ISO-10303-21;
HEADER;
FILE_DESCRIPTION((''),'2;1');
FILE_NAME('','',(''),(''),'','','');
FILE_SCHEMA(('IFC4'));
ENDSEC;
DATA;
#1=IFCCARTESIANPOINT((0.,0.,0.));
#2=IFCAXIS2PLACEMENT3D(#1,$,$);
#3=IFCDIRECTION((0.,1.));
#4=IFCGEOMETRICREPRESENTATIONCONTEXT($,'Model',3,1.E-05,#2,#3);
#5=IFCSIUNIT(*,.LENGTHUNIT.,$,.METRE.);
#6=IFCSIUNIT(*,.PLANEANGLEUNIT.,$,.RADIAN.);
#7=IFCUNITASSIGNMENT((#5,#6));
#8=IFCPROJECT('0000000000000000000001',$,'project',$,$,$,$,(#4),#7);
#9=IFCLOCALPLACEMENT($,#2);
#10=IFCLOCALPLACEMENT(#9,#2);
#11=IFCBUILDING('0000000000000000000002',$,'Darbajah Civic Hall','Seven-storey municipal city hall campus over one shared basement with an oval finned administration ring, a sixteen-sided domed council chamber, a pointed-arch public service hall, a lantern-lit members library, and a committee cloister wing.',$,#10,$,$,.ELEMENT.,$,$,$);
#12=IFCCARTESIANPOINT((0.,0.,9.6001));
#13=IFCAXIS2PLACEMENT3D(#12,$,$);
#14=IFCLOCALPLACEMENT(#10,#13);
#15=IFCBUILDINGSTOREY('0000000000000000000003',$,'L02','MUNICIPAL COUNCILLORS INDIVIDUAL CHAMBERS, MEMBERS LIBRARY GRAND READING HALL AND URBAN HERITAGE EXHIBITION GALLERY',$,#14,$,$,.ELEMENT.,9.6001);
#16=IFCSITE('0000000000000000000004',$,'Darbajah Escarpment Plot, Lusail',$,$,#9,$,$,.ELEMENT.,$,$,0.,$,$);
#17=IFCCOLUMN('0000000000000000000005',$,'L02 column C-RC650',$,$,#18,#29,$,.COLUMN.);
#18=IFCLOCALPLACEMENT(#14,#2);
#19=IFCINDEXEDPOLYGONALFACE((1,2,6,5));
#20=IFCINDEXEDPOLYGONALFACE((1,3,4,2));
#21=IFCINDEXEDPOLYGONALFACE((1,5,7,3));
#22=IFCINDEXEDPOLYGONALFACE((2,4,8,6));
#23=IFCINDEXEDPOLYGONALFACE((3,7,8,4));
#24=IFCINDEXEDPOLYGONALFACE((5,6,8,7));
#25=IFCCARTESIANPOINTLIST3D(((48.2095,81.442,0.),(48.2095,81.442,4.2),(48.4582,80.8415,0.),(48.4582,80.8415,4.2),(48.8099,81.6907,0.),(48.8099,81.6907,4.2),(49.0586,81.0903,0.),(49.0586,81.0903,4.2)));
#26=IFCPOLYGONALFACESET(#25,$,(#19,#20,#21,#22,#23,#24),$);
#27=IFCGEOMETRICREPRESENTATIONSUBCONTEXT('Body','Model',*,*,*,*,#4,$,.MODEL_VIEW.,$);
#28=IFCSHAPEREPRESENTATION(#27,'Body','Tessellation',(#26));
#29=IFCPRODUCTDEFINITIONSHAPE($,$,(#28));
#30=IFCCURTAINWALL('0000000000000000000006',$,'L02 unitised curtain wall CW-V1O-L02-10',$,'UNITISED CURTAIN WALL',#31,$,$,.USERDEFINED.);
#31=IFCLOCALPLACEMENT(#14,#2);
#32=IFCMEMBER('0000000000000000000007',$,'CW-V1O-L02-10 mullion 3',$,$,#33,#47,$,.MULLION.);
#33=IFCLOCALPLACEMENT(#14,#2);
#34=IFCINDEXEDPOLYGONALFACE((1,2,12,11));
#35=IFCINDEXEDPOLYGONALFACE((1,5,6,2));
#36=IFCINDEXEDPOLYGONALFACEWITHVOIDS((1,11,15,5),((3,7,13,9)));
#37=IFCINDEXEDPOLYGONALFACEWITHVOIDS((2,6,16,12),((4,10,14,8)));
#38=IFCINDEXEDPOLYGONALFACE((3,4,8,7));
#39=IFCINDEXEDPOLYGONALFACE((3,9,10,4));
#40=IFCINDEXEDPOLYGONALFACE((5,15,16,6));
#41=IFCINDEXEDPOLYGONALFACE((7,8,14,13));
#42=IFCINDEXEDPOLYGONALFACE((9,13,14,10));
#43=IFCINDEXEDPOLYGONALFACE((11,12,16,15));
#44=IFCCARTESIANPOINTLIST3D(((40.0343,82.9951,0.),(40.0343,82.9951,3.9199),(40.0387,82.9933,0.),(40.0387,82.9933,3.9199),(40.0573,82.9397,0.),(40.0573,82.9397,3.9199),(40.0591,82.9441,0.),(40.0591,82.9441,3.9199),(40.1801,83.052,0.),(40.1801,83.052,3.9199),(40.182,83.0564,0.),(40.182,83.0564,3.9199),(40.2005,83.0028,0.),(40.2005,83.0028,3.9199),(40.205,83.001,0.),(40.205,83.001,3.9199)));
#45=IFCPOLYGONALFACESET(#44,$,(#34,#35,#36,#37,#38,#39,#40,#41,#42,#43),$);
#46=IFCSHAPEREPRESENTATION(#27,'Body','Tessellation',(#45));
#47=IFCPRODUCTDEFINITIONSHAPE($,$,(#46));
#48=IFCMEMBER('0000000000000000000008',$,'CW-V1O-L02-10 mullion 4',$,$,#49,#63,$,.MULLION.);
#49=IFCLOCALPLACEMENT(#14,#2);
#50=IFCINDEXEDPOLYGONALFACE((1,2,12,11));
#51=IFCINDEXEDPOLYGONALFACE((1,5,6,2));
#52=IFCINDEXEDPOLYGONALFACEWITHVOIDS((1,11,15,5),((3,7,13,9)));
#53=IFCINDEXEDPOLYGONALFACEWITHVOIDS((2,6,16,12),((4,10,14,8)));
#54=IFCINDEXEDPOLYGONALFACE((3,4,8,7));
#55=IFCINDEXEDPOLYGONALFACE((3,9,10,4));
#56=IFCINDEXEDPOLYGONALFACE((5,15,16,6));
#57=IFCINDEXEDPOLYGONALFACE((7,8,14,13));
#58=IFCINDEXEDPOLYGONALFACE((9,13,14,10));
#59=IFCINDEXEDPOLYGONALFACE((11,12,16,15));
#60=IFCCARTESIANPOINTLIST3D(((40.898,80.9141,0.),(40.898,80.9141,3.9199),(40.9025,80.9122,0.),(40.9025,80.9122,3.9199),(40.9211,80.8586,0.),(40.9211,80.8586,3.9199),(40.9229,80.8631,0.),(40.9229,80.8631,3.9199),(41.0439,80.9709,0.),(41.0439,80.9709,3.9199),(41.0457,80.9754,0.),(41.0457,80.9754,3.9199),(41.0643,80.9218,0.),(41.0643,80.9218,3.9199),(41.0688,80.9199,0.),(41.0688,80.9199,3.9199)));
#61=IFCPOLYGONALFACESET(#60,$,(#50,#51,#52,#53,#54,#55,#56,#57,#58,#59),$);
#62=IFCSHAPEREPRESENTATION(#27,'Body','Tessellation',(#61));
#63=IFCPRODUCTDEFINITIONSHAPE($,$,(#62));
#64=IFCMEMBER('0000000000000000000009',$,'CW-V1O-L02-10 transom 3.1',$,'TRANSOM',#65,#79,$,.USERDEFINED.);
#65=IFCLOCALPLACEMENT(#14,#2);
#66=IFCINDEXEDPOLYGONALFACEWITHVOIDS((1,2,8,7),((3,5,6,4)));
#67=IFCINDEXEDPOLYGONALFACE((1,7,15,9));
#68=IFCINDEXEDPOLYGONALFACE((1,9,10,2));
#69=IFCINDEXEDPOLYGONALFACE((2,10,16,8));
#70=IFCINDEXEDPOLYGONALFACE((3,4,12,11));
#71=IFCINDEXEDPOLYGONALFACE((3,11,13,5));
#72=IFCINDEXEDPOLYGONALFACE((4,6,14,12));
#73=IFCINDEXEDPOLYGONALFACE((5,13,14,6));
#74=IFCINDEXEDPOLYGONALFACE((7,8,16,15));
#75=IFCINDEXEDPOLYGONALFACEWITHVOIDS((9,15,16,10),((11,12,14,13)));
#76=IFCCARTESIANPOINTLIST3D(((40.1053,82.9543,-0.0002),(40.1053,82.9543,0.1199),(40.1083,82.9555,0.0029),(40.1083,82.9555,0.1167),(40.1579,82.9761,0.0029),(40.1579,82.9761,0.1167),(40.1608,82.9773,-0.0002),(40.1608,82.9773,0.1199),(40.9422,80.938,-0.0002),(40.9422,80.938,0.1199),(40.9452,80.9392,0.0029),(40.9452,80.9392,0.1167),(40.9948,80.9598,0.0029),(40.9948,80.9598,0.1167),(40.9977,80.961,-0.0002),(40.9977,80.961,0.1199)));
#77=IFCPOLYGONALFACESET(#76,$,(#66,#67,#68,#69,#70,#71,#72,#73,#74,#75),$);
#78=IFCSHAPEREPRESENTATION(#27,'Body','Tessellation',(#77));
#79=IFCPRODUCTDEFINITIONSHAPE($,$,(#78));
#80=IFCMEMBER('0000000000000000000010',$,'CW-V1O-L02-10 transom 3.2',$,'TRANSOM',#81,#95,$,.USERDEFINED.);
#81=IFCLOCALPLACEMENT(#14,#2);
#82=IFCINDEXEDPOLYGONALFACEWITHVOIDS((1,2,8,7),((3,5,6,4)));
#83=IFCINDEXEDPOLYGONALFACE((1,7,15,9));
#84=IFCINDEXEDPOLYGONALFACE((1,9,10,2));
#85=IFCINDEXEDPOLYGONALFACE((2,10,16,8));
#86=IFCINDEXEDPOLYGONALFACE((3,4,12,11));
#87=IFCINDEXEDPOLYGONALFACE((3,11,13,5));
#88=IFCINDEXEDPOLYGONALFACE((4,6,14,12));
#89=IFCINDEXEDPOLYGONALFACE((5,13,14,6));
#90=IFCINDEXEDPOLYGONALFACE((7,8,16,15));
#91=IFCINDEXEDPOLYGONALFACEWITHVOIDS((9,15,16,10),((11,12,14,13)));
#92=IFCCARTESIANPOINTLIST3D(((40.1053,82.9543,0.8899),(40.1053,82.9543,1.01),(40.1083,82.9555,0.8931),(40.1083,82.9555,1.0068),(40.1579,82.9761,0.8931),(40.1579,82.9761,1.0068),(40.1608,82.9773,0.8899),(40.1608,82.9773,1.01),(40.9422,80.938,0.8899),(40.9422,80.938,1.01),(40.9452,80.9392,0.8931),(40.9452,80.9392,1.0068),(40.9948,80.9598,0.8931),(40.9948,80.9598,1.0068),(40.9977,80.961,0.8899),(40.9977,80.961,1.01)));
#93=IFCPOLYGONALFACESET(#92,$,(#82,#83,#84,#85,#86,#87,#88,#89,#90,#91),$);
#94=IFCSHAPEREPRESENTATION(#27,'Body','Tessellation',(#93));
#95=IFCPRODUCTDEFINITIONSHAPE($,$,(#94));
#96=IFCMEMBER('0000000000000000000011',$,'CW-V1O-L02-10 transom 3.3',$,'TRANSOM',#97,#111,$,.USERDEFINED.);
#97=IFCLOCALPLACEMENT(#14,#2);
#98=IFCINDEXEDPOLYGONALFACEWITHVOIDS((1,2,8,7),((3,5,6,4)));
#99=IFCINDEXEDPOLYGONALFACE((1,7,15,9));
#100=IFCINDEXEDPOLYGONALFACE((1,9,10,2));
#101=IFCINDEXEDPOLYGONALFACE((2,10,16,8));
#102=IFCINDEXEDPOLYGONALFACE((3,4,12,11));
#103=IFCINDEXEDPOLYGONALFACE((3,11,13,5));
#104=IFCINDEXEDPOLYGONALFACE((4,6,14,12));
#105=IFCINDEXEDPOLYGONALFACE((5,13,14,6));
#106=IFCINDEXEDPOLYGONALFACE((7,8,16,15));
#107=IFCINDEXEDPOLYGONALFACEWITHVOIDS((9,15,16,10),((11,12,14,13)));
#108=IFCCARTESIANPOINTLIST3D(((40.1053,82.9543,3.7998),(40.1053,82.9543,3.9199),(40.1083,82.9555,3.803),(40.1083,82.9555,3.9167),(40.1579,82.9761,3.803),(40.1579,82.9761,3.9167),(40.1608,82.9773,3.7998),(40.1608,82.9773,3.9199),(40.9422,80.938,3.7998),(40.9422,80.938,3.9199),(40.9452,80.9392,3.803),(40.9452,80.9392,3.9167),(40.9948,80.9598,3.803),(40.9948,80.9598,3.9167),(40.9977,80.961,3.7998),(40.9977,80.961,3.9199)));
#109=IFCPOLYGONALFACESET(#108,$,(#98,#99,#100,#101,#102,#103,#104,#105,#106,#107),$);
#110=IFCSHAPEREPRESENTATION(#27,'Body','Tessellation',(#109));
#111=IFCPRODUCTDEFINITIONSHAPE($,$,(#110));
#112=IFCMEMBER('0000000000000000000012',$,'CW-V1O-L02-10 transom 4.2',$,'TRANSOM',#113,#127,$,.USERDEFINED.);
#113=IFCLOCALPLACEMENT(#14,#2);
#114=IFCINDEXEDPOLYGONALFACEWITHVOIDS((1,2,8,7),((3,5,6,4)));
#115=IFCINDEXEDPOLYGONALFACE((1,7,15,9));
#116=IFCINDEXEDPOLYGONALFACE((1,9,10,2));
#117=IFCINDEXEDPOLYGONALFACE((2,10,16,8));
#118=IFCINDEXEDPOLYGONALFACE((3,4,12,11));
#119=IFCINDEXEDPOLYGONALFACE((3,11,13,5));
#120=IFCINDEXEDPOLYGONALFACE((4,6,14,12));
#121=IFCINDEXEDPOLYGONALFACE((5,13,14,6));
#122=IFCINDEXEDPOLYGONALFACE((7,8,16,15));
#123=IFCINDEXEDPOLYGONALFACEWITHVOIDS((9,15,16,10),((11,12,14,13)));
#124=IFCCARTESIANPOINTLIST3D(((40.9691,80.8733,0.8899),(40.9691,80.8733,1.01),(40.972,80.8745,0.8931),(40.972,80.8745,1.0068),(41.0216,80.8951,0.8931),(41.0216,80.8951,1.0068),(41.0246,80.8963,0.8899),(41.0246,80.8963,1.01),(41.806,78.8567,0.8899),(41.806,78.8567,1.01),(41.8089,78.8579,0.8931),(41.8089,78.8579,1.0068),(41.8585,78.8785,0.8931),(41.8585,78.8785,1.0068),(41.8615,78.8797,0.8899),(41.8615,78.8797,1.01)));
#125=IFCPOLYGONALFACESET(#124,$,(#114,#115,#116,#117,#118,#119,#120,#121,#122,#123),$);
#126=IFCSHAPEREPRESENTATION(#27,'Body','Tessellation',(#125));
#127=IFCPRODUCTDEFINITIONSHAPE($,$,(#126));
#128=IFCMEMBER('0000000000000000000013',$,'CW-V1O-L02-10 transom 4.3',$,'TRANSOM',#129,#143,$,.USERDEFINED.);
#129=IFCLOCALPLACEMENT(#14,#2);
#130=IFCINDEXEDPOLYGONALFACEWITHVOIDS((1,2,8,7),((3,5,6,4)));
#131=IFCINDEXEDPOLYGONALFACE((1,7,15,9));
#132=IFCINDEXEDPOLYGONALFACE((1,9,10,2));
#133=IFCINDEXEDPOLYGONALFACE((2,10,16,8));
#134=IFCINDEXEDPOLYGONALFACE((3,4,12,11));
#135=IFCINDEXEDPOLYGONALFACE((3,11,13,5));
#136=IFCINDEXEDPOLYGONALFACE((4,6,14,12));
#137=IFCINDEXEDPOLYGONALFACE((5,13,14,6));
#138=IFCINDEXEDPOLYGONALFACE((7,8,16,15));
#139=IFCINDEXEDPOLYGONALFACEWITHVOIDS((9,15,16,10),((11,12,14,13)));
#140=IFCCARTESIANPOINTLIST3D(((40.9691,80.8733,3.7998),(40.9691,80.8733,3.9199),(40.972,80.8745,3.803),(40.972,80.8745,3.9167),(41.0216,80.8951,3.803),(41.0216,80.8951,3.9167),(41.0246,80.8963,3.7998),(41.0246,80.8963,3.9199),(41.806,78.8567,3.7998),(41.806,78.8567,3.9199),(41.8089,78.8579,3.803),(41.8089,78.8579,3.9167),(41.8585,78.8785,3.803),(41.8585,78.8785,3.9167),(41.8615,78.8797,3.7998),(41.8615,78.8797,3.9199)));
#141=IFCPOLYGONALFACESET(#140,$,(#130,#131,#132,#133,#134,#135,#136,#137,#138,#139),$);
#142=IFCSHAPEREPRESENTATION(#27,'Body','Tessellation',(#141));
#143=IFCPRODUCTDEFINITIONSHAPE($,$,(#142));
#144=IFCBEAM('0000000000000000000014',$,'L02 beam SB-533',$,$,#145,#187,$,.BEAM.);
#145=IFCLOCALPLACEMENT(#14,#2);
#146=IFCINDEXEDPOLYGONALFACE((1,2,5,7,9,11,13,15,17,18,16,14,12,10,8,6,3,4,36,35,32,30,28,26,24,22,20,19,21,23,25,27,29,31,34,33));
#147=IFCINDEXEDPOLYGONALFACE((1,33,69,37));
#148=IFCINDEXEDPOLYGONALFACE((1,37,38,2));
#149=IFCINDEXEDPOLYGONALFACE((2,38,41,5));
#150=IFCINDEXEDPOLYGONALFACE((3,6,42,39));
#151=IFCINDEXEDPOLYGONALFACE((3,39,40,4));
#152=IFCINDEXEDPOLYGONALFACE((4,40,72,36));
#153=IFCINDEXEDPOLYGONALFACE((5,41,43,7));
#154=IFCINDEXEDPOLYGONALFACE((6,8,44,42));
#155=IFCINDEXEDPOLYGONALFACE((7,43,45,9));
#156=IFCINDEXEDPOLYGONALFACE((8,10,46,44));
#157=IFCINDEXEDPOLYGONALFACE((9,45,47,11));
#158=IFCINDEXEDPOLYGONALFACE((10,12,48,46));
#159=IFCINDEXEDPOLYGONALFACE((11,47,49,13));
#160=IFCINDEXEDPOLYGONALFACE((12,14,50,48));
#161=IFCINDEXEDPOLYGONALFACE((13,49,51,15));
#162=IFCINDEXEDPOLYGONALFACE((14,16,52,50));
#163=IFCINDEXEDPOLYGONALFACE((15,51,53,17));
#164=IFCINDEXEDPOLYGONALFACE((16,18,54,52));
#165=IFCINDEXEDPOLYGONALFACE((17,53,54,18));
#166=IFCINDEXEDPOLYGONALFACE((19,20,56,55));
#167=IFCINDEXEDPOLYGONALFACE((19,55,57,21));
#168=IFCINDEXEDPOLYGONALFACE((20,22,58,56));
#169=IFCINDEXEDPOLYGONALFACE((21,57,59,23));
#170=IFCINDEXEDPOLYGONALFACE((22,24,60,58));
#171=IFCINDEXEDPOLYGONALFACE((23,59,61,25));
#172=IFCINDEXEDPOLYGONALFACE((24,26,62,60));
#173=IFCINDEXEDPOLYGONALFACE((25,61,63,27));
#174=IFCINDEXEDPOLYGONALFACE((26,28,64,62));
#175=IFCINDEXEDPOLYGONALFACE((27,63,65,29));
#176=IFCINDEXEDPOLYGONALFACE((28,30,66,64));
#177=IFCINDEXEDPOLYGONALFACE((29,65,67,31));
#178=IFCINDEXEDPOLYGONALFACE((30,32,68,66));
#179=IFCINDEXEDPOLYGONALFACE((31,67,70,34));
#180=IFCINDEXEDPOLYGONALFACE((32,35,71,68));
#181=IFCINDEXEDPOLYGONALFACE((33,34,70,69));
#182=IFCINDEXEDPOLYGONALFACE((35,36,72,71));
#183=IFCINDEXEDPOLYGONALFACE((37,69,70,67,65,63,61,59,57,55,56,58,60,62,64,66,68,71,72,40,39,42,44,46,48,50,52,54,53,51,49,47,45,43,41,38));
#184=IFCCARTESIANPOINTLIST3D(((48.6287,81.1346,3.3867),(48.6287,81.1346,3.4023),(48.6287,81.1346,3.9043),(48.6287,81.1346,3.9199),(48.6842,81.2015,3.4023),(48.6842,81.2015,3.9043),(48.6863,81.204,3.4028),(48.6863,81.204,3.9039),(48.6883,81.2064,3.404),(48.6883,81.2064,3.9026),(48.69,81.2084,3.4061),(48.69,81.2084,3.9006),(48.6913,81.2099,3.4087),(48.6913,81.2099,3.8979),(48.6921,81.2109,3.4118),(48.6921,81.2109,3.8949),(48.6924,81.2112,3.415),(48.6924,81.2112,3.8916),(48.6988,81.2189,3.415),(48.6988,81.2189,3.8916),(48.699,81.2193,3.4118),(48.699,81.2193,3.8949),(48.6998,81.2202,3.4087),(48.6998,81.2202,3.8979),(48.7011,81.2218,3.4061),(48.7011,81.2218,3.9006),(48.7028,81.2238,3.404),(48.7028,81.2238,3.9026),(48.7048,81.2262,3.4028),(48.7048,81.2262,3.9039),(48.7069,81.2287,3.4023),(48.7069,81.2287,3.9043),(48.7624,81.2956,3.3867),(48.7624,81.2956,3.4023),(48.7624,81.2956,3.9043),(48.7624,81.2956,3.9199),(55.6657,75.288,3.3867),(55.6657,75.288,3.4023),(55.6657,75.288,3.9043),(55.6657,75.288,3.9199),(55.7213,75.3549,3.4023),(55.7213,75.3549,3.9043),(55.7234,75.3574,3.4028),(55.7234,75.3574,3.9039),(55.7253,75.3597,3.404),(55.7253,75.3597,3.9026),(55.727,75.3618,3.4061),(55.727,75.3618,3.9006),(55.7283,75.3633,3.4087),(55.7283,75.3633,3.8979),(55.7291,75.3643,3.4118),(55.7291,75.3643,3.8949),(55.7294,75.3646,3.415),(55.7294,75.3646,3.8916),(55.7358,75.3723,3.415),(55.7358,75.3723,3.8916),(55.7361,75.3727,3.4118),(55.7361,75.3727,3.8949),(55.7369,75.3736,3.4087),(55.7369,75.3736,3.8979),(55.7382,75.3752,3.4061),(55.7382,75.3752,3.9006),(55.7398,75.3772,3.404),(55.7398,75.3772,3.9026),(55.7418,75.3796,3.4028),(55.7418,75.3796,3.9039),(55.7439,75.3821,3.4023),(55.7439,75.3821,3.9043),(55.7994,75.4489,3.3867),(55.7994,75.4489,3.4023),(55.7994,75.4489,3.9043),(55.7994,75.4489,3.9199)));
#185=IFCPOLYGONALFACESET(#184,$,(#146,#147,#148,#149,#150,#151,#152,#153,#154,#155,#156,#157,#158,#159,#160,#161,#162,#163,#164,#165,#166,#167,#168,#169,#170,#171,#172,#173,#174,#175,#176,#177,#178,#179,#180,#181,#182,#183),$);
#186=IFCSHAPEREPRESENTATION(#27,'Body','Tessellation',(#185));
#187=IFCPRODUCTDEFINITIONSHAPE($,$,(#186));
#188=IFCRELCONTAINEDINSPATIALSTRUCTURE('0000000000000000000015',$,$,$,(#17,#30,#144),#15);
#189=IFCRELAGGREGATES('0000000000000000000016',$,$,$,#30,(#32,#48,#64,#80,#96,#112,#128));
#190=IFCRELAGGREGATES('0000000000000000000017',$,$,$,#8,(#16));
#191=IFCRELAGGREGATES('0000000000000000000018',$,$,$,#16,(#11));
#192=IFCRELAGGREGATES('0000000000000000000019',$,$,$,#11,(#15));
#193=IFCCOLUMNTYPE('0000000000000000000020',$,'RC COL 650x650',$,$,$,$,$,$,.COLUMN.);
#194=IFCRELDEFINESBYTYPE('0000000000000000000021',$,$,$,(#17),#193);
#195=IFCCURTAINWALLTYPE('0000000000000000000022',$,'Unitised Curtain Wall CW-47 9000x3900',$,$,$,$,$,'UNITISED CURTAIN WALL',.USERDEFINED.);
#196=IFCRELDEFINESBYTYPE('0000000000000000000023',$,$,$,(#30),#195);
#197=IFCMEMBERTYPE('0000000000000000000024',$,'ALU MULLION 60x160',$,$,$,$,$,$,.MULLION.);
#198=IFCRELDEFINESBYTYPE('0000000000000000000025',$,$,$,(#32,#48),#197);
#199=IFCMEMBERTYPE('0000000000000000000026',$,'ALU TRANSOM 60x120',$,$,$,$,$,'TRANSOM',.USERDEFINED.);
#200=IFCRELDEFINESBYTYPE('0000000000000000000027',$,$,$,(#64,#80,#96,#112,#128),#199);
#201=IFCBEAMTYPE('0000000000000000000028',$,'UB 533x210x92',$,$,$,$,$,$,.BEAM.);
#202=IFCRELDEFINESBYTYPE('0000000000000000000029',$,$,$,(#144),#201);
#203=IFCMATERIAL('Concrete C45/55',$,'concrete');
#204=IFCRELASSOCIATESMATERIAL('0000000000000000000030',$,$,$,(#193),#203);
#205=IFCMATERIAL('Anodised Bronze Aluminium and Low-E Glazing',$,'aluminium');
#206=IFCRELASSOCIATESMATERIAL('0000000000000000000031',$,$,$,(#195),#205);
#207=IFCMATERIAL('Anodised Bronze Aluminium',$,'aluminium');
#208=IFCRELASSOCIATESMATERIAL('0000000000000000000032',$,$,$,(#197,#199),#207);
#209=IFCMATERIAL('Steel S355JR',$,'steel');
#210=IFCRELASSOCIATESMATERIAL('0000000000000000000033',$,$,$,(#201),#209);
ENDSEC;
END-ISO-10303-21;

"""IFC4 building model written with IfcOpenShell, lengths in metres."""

from ifc_helpers import new_model, si_unit, direction, frame, origin, origin_2d, place, context, subcontext, project, spatial, rectangle, hollow_rectangle, i_section, extrude, material, material_profile, profile_set, type_object, element, aggregate, save


model = new_model("IFC4")

# Units and contexts
model_context = context("Model", 3, precision=1e-05, world=origin(), true_north=direction((0.0, 1.0)))
body_context = subcontext(model_context, "Body", "Model", "MODEL_VIEW")
ifc_project = project(units=[si_unit("LENGTHUNIT", "METRE"), si_unit("PLANEANGLEUNIT", "RADIAN")], contexts=[model_context])

# Site, building, storey
site_placement = place(None, origin())
site = spatial("IfcSite", under=ifc_project, at=site_placement, Name="Darbajah Escarpment Plot, Lusail", CompositionType="ELEMENT", RefElevation=0.0)
building_placement = place(site_placement, origin())
building = spatial("IfcBuilding", under=site, at=building_placement, Name="Darbajah Civic Hall", Description="Seven-storey municipal city hall campus over one shared basement with an oval finned administration ring, a sixteen-sided domed council chamber, a pointed-arch public service hall, a lantern-lit members library, and a committee cloister wing.", CompositionType="ELEMENT")
storey_placement = place(building_placement, frame((0.0, 0.0, 9.6001)))
storey = spatial("IfcBuildingStorey", under=building, at=storey_placement, Name="L02", Description="MUNICIPAL COUNCILLORS INDIVIDUAL CHAMBERS, MEMBERS LIBRARY GRAND READING HALL AND URBAN HERITAGE EXHIBITION GALLERY", CompositionType="ELEMENT", Elevation=9.6001)

# Column
ifc_material_1 = material(Name="Concrete C45/55", Category="concrete")
ifc_material_profile_1 = material_profile(ifc_material_1, rectangle(XDim=0.6499, YDim=0.6499, at=origin_2d()), Name="RC COL 650x650")
ifc_profile_set_1 = profile_set([ifc_material_profile_1], Name="Concrete C45/55")
column_type = type_object("IfcColumnType", Name="RC COL 650x650", PredefinedType="COLUMN", material=ifc_profile_set_1)
column_placement = place(storey_placement, frame((48.634, 81.2661, 0.0), z_axis=(0.0, 0.0, 1.0), x_axis=(-0.92388, -0.382683, 0.0)))
element("IfcColumn", 1, at=column_placement, inside=storey, type_object=column_type, Name="L02 column C-RC650", PredefinedType="COLUMN", context=body_context, shape_type="SweptSolid", body=[
    extrude(rectangle(XDim=0.6499, YDim=0.6499, at=origin_2d()), origin(), (0.0, 0.0, 1.0), 4.2),
])

# Curtain wall, members
ifc_material_2 = material(Name="Anodised Bronze Aluminium and Low-E Glazing", Category="aluminium")
curtain_wall_type = type_object("IfcCurtainWallType", Name="Unitised Curtain Wall CW-47 9000x3900", ElementType="UNITISED CURTAIN WALL", PredefinedType="USERDEFINED", material=ifc_material_2)
curtain_wall_placement = place(storey_placement, origin())
curtain_wall = element("IfcCurtainWall", 2, at=curtain_wall_placement, inside=storey, type_object=curtain_wall_type, Name="L02 unitised curtain wall CW-V1O-L02-10", ObjectType="UNITISED CURTAIN WALL", PredefinedType="USERDEFINED")
ifc_material_3 = material(Name="Anodised Bronze Aluminium", Category="aluminium")
ifc_material_profile_2 = material_profile(ifc_material_3, hollow_rectangle(XDim=0.0601, YDim=0.1599, WallThickness=0.0034, at=origin_2d()), Name="ALU MULLION 60x160")
ifc_profile_set_2 = profile_set([ifc_material_profile_2], Name="Anodised Bronze Aluminium")
member_type_1 = type_object("IfcMemberType", Name="ALU MULLION 60x160", PredefinedType="MULLION", material=ifc_profile_set_2)
member_1_placement = place(storey_placement, frame((40.1196, 82.998, 0.0), z_axis=(0.0, 0.0, 1.0), x_axis=(0.383328, -0.923612, 0.0)))
member_1 = element("IfcMember", 3, at=member_1_placement, type_object=member_type_1, Name="CW-V1O-L02-10 mullion 3", PredefinedType="MULLION", context=body_context, shape_type="SweptSolid", body=[
    extrude(hollow_rectangle(XDim=0.0601, YDim=0.1599, WallThickness=0.0034, at=origin_2d()), origin(), (0.0, 0.0, 1.0), 3.9199),
])
member_2_placement = place(storey_placement, frame((40.9834, 80.917, 0.0), z_axis=(0.0, 0.0, 1.0), x_axis=(0.383328, -0.923612, 0.0)))
member_2 = element("IfcMember", 4, at=member_2_placement, type_object=member_type_1, Name="CW-V1O-L02-10 mullion 4", PredefinedType="MULLION", context=body_context, shape_type="SweptSolid", body=[
    extrude(hollow_rectangle(XDim=0.0601, YDim=0.1599, WallThickness=0.0034, at=origin_2d()), origin(), (0.0, 0.0, 1.0), 3.9199),
])
ifc_material_profile_3 = material_profile(ifc_material_3, hollow_rectangle(XDim=0.0601, YDim=0.1201, WallThickness=0.0032, at=origin_2d()), Name="ALU TRANSOM 60x120")
ifc_profile_set_3 = profile_set([ifc_material_profile_3], Name="Anodised Bronze Aluminium")
member_type_2 = type_object("IfcMemberType", Name="ALU TRANSOM 60x120", ElementType="TRANSOM", PredefinedType="USERDEFINED", material=ifc_profile_set_3)
member_3_placement = place(storey_placement, frame((40.1331, 82.9658, 0.0598), z_axis=(0.383352, -0.923602, 0.0), x_axis=(0.923602, 0.383352, 0.0)))
member_3 = element("IfcMember", 5, at=member_3_placement, type_object=member_type_2, Name="CW-V1O-L02-10 transom 3.1", ObjectType="TRANSOM", PredefinedType="USERDEFINED", context=body_context, shape_type="SweptSolid", body=[
    extrude(hollow_rectangle(XDim=0.0601, YDim=0.1201, WallThickness=0.0032, at=origin_2d()), origin(), (0.0, 0.0, 1.0), 2.1831),
])
member_4_placement = place(storey_placement, frame((40.1331, 82.9658, 0.95), z_axis=(0.383352, -0.923602, 0.0), x_axis=(0.923602, 0.383352, 0.0)))
member_4 = element("IfcMember", 6, at=member_4_placement, type_object=member_type_2, Name="CW-V1O-L02-10 transom 3.2", ObjectType="TRANSOM", PredefinedType="USERDEFINED", context=body_context, shape_type="SweptSolid", body=[
    extrude(hollow_rectangle(XDim=0.0601, YDim=0.1201, WallThickness=0.0032, at=origin_2d()), origin(), (0.0, 0.0, 1.0), 2.1831),
])
member_5_placement = place(storey_placement, frame((40.1331, 82.9658, 3.8599), z_axis=(0.383352, -0.923602, 0.0), x_axis=(0.923602, 0.383352, 0.0)))
member_5 = element("IfcMember", 7, at=member_5_placement, type_object=member_type_2, Name="CW-V1O-L02-10 transom 3.3", ObjectType="TRANSOM", PredefinedType="USERDEFINED", context=body_context, shape_type="SweptSolid", body=[
    extrude(hollow_rectangle(XDim=0.0601, YDim=0.1201, WallThickness=0.0032, at=origin_2d()), origin(), (0.0, 0.0, 1.0), 2.1831),
])
member_6_placement = place(storey_placement, frame((40.9968, 80.8848, 0.95), z_axis=(0.383313, -0.923619, 0.0), x_axis=(0.923619, 0.383313, 0.0)))
member_6 = element("IfcMember", 8, at=member_6_placement, type_object=member_type_2, Name="CW-V1O-L02-10 transom 4.2", ObjectType="TRANSOM", PredefinedType="USERDEFINED", context=body_context, shape_type="SweptSolid", body=[
    extrude(hollow_rectangle(XDim=0.0601, YDim=0.1201, WallThickness=0.0032, at=origin_2d()), origin(), (0.0, 0.0, 1.0), 2.1833),
])
member_7_placement = place(storey_placement, frame((40.9968, 80.8848, 3.8599), z_axis=(0.383313, -0.923619, 0.0), x_axis=(0.923619, 0.383313, 0.0)))
member_7 = element("IfcMember", 9, at=member_7_placement, type_object=member_type_2, Name="CW-V1O-L02-10 transom 4.3", ObjectType="TRANSOM", PredefinedType="USERDEFINED", context=body_context, shape_type="SweptSolid", body=[
    extrude(hollow_rectangle(XDim=0.0601, YDim=0.1201, WallThickness=0.0032, at=origin_2d()), origin(), (0.0, 0.0, 1.0), 2.1833),
])

# Beam
ifc_material_4 = material(Name="Steel S355JR", Category="steel")
ifc_material_profile_4 = material_profile(ifc_material_4, i_section(OverallWidth=0.2092, OverallDepth=0.5332, WebThickness=0.01, FlangeThickness=0.0156, FilletRadius=0.0127, at=origin_2d()), Name="UB 533x210x92")
ifc_profile_set_4 = profile_set([ifc_material_profile_4], Name="Steel S355JR")
beam_type_1 = type_object("IfcBeamType", Name="UB 533x210x92", PredefinedType="BEAM", material=ifc_profile_set_4)
beam_1_placement = place(storey_placement, frame((48.6956, 81.2151, 3.6533), z_axis=(0.769165, -0.63905, 0.0), x_axis=(0.63905, 0.769165, 0.0)))
element("IfcBeam", 10, at=beam_1_placement, inside=storey, type_object=beam_type_1, Name="L02 beam SB-533", PredefinedType="BEAM", context=body_context, shape_type="SweptSolid", body=[
    extrude(i_section(OverallWidth=0.2092, OverallDepth=0.5332, WebThickness=0.01, FlangeThickness=0.0156, FilletRadius=0.0127, at=origin_2d()), origin(), (0.0, 0.0, 1.0), 9.1489),
])

aggregate(curtain_wall, [member_1, member_2, member_3, member_4, member_5, member_6, member_7])

save(model, "model.ifc")
